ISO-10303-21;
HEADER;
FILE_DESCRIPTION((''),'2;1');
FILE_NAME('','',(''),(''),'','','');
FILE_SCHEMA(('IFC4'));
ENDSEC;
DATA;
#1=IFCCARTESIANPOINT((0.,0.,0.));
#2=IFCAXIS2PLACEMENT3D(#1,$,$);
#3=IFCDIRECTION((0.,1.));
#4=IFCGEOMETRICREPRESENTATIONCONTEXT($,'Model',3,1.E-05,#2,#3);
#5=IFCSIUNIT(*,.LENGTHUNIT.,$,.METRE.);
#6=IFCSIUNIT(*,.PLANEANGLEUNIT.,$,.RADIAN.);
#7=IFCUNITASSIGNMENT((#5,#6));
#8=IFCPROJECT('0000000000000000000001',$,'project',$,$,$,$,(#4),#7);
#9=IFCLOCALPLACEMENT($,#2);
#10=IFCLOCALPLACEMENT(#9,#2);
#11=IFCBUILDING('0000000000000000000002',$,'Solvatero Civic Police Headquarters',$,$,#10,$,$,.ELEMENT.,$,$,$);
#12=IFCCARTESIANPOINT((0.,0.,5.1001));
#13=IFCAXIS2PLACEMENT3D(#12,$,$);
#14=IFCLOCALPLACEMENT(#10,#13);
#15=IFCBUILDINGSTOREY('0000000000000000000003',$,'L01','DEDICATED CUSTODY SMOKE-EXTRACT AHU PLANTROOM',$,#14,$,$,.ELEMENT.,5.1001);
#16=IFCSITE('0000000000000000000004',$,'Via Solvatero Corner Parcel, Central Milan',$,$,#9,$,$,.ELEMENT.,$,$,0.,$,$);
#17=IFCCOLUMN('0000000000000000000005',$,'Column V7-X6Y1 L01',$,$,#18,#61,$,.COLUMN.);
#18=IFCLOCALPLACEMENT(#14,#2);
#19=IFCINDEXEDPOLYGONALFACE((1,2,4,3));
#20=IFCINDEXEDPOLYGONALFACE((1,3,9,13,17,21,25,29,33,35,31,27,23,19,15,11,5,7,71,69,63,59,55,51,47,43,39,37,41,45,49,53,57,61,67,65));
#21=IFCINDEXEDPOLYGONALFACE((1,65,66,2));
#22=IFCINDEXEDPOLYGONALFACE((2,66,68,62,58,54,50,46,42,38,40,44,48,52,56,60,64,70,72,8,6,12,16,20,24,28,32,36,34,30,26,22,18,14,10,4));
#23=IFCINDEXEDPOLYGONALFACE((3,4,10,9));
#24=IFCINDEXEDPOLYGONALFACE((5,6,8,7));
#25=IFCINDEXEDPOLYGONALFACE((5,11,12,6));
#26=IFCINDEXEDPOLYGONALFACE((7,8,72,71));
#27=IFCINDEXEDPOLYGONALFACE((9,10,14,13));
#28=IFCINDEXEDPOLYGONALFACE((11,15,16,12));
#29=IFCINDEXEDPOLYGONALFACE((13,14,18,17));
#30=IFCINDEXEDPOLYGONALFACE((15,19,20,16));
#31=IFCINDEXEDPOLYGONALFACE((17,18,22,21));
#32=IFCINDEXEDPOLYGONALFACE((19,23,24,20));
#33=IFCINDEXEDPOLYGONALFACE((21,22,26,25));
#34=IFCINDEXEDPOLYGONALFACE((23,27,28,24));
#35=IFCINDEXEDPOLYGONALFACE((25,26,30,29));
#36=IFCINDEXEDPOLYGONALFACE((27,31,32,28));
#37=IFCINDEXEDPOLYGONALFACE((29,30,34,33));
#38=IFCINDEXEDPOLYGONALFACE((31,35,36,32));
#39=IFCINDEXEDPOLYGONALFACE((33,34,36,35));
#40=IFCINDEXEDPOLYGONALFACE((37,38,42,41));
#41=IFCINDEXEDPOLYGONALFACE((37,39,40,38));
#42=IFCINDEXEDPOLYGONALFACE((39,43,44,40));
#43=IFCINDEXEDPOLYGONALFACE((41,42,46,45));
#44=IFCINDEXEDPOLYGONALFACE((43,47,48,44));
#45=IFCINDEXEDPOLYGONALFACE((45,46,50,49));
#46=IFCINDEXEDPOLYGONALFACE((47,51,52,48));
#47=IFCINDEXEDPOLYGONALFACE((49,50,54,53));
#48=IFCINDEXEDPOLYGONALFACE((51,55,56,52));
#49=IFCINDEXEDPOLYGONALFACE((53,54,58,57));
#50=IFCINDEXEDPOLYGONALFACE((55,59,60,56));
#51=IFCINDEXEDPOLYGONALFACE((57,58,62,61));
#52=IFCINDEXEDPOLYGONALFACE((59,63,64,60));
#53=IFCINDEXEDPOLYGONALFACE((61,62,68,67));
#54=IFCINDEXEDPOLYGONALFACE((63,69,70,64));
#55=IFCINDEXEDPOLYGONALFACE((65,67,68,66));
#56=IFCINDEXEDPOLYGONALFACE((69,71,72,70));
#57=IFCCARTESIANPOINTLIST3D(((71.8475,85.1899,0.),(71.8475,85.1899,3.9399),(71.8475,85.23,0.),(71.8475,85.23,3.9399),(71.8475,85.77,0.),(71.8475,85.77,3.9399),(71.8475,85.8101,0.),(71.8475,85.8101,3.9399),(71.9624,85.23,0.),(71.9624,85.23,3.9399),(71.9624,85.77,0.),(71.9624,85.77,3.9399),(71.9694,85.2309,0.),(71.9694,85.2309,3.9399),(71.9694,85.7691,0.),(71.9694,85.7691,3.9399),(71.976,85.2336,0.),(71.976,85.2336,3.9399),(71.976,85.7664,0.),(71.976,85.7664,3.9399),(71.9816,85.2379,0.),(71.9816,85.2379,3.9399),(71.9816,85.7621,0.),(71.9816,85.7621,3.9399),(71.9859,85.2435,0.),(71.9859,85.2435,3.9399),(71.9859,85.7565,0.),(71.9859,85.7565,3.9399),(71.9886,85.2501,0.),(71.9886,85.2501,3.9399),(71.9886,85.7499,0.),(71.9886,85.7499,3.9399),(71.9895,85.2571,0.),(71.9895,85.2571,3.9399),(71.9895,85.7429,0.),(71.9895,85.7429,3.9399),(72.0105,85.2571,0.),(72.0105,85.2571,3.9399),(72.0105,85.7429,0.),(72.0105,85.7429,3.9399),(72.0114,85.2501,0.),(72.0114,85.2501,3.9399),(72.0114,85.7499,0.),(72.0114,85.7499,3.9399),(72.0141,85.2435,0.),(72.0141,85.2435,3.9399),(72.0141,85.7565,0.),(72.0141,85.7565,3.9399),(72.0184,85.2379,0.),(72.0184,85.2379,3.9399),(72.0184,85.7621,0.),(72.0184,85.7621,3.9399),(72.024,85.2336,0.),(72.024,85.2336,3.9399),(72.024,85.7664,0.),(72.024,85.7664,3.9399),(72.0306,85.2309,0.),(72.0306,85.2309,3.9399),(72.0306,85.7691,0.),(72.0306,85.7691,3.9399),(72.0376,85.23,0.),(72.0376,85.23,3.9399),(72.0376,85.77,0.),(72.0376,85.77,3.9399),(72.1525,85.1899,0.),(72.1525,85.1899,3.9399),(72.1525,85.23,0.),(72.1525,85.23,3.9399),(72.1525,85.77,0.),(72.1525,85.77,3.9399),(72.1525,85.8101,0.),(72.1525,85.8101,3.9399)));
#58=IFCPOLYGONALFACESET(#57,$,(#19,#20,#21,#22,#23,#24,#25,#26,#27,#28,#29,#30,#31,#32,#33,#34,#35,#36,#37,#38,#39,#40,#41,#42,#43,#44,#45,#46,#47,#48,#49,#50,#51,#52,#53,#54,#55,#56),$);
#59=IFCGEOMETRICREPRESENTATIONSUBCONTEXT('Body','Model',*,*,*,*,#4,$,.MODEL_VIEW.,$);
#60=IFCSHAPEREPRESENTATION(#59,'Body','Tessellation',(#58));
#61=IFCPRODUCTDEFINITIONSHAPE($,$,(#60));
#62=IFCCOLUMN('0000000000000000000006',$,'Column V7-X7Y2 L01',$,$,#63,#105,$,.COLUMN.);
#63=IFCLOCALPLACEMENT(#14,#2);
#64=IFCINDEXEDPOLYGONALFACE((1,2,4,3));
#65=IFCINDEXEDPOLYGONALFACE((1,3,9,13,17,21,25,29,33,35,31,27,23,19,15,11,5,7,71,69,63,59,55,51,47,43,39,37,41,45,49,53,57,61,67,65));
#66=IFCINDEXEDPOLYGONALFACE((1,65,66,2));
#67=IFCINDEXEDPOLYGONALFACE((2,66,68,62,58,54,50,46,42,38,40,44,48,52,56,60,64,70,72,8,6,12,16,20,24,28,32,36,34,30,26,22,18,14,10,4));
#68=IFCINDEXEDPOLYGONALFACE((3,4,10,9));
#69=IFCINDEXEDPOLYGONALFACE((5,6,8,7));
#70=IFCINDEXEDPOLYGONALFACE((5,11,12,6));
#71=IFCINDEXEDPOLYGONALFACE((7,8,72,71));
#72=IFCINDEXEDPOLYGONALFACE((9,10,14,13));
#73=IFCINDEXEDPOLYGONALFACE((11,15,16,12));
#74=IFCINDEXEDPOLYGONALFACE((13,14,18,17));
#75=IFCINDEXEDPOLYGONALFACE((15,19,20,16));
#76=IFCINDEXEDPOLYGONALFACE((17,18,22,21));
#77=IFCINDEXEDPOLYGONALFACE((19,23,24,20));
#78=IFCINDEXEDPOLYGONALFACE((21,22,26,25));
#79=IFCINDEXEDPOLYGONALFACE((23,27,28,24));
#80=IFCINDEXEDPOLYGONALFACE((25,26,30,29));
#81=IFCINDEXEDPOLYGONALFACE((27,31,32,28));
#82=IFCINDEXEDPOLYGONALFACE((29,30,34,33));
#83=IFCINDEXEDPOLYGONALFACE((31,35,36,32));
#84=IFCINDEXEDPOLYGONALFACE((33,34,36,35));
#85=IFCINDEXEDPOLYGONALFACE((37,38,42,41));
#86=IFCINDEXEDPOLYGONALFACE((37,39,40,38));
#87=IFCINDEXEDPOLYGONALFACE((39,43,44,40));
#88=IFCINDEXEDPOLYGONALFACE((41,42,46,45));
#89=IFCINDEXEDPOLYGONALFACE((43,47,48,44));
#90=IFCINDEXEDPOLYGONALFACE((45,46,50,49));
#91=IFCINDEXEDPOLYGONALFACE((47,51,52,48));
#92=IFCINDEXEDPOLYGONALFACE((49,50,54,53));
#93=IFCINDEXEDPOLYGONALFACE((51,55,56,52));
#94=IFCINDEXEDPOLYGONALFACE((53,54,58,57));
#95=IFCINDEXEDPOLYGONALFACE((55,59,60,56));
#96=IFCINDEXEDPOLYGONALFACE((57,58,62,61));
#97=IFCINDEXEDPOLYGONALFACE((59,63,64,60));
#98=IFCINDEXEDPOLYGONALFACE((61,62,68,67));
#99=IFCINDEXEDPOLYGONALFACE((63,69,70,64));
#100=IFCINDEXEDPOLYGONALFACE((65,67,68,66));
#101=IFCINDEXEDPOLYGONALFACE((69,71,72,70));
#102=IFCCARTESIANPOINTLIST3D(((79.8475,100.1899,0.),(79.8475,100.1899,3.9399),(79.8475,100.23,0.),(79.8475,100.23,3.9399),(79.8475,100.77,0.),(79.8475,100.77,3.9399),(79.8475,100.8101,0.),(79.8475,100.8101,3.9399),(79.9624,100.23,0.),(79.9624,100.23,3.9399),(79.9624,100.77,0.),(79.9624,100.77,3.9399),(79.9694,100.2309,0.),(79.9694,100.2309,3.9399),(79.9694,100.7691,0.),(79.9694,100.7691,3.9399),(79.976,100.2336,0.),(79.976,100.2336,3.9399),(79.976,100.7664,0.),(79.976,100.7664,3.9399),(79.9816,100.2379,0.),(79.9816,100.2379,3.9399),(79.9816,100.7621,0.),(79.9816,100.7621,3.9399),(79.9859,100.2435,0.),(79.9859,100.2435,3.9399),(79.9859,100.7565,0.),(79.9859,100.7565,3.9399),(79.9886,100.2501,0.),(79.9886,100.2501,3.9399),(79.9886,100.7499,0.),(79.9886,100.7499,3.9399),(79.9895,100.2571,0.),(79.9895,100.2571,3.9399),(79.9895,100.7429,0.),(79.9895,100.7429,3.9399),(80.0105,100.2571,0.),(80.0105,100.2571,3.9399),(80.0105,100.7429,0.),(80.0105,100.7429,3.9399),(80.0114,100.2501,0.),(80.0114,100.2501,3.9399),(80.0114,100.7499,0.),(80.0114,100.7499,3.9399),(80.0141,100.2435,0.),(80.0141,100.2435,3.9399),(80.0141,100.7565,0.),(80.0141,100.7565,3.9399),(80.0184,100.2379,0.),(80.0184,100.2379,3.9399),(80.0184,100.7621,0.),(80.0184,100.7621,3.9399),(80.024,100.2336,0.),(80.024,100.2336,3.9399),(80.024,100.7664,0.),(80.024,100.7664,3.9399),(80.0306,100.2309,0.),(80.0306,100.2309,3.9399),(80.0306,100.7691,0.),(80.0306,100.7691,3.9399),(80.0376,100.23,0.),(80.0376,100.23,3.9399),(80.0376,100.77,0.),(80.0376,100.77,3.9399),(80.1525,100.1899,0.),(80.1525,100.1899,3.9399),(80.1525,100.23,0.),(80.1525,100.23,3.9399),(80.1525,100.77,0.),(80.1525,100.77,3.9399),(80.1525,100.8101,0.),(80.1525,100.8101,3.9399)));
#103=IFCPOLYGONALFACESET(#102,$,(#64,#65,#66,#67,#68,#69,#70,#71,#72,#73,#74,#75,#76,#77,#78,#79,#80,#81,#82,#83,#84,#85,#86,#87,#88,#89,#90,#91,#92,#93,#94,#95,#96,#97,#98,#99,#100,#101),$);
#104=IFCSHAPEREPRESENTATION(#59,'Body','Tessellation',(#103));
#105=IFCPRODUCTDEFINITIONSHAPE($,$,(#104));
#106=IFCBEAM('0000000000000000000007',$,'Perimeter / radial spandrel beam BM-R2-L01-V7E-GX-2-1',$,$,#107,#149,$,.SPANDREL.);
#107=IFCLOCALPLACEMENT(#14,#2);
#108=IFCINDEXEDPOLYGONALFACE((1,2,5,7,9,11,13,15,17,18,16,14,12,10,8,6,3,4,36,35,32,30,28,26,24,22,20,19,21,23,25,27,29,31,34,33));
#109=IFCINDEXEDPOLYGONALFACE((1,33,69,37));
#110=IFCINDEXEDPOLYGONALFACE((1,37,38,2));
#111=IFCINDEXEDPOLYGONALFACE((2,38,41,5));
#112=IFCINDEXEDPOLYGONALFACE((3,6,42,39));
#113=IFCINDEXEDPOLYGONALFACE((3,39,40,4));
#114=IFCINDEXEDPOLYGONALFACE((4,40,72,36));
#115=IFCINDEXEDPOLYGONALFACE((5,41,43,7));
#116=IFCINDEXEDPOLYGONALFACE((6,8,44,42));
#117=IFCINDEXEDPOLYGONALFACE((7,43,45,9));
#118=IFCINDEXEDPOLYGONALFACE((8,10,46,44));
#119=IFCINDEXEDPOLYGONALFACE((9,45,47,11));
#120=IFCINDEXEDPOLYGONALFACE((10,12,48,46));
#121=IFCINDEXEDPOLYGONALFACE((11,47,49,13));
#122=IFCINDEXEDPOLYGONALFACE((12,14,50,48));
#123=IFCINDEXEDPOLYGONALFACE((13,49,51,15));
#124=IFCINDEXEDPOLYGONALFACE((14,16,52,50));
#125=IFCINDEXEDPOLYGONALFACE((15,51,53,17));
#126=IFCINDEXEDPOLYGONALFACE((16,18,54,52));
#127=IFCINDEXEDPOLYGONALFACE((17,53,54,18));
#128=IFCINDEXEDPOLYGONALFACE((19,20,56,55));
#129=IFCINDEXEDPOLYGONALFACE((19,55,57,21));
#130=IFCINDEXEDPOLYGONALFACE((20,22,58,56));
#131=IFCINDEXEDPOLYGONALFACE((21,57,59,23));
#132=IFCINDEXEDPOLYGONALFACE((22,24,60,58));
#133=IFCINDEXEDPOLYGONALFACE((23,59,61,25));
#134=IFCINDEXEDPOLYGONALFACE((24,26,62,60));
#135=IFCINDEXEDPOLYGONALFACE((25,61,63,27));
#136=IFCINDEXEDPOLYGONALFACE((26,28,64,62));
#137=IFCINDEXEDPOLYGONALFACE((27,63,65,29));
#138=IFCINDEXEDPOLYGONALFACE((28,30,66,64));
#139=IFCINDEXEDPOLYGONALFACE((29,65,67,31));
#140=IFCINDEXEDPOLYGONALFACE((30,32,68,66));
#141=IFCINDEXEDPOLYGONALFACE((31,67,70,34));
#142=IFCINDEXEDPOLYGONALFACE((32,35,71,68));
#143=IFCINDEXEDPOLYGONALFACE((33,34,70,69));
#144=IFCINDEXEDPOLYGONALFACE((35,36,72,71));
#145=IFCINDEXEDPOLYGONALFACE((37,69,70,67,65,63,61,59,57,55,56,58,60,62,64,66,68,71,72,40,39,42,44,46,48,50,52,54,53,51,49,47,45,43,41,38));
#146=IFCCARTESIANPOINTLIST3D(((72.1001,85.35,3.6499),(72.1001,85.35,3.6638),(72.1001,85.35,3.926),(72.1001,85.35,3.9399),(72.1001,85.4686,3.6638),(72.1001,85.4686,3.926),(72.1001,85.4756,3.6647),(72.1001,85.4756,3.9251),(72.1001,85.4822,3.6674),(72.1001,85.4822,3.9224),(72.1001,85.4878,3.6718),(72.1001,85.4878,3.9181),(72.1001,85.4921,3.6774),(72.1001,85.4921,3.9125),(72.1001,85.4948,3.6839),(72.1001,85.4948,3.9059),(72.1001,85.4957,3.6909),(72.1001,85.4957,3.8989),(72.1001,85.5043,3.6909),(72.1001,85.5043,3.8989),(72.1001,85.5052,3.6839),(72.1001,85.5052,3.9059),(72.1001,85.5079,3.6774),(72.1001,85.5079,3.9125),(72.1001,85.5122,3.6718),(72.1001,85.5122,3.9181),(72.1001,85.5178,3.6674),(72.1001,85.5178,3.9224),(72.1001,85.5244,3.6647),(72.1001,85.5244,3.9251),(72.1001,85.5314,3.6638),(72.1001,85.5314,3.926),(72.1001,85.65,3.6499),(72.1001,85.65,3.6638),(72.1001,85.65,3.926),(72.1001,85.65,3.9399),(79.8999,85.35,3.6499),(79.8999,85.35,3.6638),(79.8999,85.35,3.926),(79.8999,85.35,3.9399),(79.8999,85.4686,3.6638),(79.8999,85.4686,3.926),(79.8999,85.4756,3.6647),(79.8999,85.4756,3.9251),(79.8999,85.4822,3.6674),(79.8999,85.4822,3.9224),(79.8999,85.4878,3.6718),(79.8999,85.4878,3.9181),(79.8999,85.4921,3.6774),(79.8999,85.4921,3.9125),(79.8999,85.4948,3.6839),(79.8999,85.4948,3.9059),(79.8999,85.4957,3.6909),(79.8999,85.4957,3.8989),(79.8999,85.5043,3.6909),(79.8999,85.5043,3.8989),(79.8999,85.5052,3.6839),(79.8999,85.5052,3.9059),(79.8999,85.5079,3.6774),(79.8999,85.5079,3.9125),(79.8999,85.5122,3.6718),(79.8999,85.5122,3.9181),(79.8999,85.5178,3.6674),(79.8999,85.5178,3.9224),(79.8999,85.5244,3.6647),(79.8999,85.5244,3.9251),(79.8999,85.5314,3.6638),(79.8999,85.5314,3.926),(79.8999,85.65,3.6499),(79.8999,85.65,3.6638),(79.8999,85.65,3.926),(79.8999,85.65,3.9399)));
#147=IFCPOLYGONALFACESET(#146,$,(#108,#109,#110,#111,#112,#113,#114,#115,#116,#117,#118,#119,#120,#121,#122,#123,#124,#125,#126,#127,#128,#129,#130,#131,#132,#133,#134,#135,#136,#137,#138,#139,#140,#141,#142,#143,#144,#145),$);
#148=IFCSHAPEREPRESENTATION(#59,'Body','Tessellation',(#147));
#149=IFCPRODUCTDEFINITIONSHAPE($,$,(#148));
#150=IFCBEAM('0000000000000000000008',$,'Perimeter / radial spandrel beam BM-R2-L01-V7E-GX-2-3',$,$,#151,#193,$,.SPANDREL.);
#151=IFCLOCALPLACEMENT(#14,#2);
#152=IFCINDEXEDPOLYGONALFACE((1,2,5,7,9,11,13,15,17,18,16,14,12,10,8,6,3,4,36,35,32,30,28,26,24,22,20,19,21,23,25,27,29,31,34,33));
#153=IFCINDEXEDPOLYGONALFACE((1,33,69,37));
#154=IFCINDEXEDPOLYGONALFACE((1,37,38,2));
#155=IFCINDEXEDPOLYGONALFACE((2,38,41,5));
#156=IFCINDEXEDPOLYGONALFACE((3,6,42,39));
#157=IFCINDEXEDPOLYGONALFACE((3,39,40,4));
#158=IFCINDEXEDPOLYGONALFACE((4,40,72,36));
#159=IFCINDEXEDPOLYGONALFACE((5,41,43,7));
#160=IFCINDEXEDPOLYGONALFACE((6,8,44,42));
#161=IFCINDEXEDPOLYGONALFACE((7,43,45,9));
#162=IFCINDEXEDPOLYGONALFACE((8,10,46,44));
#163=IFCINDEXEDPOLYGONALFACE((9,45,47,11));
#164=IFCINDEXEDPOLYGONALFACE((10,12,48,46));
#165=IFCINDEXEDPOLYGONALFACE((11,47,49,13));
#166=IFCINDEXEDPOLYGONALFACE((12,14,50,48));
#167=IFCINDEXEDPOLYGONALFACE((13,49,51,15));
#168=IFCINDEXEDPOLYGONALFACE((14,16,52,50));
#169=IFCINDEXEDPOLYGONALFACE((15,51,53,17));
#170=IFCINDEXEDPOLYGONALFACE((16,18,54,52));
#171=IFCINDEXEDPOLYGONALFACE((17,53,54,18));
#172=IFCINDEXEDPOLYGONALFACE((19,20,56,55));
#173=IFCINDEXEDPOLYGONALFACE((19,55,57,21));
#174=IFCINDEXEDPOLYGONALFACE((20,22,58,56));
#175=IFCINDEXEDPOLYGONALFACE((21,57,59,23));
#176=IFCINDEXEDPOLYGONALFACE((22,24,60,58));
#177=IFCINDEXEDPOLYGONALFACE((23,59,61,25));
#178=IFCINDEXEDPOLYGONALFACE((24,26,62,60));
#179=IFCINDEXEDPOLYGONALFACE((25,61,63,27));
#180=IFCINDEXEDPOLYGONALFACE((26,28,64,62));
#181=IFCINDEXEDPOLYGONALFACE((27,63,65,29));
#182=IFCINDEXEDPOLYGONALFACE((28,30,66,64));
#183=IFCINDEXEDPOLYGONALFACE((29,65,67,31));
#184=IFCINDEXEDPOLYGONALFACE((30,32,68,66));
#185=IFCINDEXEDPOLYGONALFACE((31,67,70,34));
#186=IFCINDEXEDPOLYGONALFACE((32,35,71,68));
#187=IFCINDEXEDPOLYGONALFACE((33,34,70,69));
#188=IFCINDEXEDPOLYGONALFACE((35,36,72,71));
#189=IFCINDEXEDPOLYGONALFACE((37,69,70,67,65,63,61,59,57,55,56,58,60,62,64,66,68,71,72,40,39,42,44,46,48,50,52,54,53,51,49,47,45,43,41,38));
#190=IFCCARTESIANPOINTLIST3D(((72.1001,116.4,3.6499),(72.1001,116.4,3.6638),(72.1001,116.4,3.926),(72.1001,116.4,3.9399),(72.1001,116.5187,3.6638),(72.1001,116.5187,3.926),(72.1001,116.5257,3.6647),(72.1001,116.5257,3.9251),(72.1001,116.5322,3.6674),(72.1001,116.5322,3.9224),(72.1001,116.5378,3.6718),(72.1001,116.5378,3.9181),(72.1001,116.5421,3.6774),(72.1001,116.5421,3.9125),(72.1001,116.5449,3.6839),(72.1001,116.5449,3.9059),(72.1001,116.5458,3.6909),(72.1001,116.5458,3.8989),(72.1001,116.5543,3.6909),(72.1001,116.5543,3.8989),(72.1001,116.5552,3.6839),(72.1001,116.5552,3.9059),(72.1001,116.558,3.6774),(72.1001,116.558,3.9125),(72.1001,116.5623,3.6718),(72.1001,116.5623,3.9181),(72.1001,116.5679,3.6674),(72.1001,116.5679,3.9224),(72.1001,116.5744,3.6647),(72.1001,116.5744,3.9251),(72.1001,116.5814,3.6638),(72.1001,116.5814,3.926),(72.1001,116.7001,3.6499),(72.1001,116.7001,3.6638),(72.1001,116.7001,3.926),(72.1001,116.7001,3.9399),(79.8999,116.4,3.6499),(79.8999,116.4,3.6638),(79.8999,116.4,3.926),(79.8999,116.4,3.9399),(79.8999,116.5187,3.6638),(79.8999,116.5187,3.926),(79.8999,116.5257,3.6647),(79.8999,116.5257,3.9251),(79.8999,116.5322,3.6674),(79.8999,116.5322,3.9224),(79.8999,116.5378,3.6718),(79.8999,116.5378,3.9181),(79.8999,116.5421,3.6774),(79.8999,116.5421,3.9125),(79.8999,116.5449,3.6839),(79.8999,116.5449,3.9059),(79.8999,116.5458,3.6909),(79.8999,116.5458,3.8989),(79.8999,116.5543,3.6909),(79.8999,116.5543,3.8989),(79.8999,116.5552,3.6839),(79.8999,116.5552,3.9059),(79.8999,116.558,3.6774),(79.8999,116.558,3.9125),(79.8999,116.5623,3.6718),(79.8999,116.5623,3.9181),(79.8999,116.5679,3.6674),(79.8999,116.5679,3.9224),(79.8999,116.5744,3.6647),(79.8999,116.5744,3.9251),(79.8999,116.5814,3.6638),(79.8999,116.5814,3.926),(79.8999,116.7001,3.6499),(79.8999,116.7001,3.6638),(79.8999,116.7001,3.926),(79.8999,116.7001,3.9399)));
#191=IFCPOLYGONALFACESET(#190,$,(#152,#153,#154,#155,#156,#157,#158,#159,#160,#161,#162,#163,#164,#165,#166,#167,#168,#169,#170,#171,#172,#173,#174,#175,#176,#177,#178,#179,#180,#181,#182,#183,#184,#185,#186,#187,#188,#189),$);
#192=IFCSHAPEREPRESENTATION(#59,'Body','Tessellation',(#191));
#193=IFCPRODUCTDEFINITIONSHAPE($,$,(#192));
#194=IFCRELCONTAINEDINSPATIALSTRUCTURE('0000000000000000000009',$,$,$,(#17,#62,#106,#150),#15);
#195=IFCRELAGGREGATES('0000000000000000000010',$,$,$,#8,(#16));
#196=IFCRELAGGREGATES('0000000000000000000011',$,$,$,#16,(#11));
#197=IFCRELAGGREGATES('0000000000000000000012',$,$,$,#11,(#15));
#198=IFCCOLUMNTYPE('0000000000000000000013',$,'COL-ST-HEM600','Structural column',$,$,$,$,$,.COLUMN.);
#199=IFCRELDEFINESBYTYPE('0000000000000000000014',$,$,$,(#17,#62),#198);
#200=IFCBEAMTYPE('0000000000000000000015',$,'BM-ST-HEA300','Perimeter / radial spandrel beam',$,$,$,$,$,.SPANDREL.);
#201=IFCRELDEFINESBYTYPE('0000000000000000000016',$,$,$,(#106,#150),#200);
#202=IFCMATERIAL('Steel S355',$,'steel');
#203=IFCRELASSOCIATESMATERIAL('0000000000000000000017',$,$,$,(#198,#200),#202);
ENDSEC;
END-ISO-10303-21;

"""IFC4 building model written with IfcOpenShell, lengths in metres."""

from ifc_helpers import new_model, si_unit, direction, frame, origin, origin_2d, place, context, subcontext, project, spatial, i_section, extrude, material, material_profile, profile_set, type_object, element, save


model = new_model("IFC4")

# Units and contexts
model_context = context("Model", 3, precision=1e-05, world=origin(), true_north=direction((0.0, 1.0)))
body_context = subcontext(model_context, "Body", "Model", "MODEL_VIEW")
ifc_project = project(units=[si_unit("LENGTHUNIT", "METRE"), si_unit("PLANEANGLEUNIT", "RADIAN")], contexts=[model_context])

# Site, building, storey
site_placement = place(None, origin())
site = spatial("IfcSite", under=ifc_project, at=site_placement, Name="Via Solvatero Corner Parcel, Central Milan", CompositionType="ELEMENT", RefElevation=0.0)
building_placement = place(site_placement, origin())
building = spatial("IfcBuilding", under=site, at=building_placement, Name="Solvatero Civic Police Headquarters", CompositionType="ELEMENT")
storey_placement = place(building_placement, frame((0.0, 0.0, 5.1001)))
storey = spatial("IfcBuildingStorey", under=building, at=storey_placement, Name="L01", Description="DEDICATED CUSTODY SMOKE-EXTRACT AHU PLANTROOM", CompositionType="ELEMENT", Elevation=5.1001)

# Columns
ifc_material_1 = material(Name="Steel S355", Category="steel")
ifc_material_profile_1 = material_profile(ifc_material_1, i_section(OverallWidth=0.3049, OverallDepth=0.6201, WebThickness=0.021, FlangeThickness=0.04, FilletRadius=0.0271, at=origin_2d()), Name="HEM 600")
ifc_profile_set_1 = profile_set([ifc_material_profile_1], Name="Steel S355")
column_type_1 = type_object("IfcColumnType", Name="COL-ST-HEM600", Description="Structural column", PredefinedType="COLUMN", material=ifc_profile_set_1)
for number, where, z_axis, x_axis, name in (
    (1, (72.0, 85.5, 0.0), (0.0, 0.0, 1.0), (1.0, 0.0, 0.0), "Column V7-X6Y1 L01"),
    (2, (80.0, 100.5, 0.0), (0.0, 0.0, 1.0), (1.0, 0.0, 0.0), "Column V7-X7Y2 L01"),
):
    element("IfcColumn", number, at=place(storey_placement, frame(where, z_axis=z_axis, x_axis=x_axis)), inside=storey, type_object=column_type_1, Name=name, PredefinedType="COLUMN", context=body_context, shape_type="SweptSolid", body=[
        extrude(i_section(OverallWidth=0.3049, OverallDepth=0.6201, WebThickness=0.021, FlangeThickness=0.04, FilletRadius=0.0271, at=origin_2d()), origin(), (0.0, 0.0, 1.0), 3.9399),
    ])

# Beams
ifc_material_profile_2 = material_profile(ifc_material_1, i_section(OverallWidth=0.3, OverallDepth=0.29, WebThickness=0.0085, FlangeThickness=0.0139, FilletRadius=0.0271, at=origin_2d()), Name="HEA 300")
ifc_profile_set_2 = profile_set([ifc_material_profile_2], Name="Steel S355")
beam_type_1 = type_object("IfcBeamType", Name="BM-ST-HEA300", Description="Perimeter / radial spandrel beam", PredefinedType="SPANDREL", material=ifc_profile_set_2)
for number, where, z_axis, x_axis, name in (
    (3, (72.1001, 85.5, 3.7949), (1.0, 0.0, 0.0), (0.0, 1.0, 0.0), "Perimeter / radial spandrel beam BM-R2-L01-V7E-GX-2-1"),
    (4, (72.1001, 116.55, 3.7949), (1.0, 0.0, 0.0), (0.0, 1.0, 0.0), "Perimeter / radial spandrel beam BM-R2-L01-V7E-GX-2-3"),
):
    element("IfcBeam", number, at=place(storey_placement, frame(where, z_axis=z_axis, x_axis=x_axis)), inside=storey, type_object=beam_type_1, Name=name, PredefinedType="SPANDREL", context=body_context, shape_type="SweptSolid", body=[
        extrude(i_section(OverallWidth=0.3, OverallDepth=0.29, WebThickness=0.0085, FlangeThickness=0.0139, FilletRadius=0.0271, at=origin_2d()), origin(), (0.0, 0.0, 1.0), 7.7998),
    ])

save(model, "model.ifc")
